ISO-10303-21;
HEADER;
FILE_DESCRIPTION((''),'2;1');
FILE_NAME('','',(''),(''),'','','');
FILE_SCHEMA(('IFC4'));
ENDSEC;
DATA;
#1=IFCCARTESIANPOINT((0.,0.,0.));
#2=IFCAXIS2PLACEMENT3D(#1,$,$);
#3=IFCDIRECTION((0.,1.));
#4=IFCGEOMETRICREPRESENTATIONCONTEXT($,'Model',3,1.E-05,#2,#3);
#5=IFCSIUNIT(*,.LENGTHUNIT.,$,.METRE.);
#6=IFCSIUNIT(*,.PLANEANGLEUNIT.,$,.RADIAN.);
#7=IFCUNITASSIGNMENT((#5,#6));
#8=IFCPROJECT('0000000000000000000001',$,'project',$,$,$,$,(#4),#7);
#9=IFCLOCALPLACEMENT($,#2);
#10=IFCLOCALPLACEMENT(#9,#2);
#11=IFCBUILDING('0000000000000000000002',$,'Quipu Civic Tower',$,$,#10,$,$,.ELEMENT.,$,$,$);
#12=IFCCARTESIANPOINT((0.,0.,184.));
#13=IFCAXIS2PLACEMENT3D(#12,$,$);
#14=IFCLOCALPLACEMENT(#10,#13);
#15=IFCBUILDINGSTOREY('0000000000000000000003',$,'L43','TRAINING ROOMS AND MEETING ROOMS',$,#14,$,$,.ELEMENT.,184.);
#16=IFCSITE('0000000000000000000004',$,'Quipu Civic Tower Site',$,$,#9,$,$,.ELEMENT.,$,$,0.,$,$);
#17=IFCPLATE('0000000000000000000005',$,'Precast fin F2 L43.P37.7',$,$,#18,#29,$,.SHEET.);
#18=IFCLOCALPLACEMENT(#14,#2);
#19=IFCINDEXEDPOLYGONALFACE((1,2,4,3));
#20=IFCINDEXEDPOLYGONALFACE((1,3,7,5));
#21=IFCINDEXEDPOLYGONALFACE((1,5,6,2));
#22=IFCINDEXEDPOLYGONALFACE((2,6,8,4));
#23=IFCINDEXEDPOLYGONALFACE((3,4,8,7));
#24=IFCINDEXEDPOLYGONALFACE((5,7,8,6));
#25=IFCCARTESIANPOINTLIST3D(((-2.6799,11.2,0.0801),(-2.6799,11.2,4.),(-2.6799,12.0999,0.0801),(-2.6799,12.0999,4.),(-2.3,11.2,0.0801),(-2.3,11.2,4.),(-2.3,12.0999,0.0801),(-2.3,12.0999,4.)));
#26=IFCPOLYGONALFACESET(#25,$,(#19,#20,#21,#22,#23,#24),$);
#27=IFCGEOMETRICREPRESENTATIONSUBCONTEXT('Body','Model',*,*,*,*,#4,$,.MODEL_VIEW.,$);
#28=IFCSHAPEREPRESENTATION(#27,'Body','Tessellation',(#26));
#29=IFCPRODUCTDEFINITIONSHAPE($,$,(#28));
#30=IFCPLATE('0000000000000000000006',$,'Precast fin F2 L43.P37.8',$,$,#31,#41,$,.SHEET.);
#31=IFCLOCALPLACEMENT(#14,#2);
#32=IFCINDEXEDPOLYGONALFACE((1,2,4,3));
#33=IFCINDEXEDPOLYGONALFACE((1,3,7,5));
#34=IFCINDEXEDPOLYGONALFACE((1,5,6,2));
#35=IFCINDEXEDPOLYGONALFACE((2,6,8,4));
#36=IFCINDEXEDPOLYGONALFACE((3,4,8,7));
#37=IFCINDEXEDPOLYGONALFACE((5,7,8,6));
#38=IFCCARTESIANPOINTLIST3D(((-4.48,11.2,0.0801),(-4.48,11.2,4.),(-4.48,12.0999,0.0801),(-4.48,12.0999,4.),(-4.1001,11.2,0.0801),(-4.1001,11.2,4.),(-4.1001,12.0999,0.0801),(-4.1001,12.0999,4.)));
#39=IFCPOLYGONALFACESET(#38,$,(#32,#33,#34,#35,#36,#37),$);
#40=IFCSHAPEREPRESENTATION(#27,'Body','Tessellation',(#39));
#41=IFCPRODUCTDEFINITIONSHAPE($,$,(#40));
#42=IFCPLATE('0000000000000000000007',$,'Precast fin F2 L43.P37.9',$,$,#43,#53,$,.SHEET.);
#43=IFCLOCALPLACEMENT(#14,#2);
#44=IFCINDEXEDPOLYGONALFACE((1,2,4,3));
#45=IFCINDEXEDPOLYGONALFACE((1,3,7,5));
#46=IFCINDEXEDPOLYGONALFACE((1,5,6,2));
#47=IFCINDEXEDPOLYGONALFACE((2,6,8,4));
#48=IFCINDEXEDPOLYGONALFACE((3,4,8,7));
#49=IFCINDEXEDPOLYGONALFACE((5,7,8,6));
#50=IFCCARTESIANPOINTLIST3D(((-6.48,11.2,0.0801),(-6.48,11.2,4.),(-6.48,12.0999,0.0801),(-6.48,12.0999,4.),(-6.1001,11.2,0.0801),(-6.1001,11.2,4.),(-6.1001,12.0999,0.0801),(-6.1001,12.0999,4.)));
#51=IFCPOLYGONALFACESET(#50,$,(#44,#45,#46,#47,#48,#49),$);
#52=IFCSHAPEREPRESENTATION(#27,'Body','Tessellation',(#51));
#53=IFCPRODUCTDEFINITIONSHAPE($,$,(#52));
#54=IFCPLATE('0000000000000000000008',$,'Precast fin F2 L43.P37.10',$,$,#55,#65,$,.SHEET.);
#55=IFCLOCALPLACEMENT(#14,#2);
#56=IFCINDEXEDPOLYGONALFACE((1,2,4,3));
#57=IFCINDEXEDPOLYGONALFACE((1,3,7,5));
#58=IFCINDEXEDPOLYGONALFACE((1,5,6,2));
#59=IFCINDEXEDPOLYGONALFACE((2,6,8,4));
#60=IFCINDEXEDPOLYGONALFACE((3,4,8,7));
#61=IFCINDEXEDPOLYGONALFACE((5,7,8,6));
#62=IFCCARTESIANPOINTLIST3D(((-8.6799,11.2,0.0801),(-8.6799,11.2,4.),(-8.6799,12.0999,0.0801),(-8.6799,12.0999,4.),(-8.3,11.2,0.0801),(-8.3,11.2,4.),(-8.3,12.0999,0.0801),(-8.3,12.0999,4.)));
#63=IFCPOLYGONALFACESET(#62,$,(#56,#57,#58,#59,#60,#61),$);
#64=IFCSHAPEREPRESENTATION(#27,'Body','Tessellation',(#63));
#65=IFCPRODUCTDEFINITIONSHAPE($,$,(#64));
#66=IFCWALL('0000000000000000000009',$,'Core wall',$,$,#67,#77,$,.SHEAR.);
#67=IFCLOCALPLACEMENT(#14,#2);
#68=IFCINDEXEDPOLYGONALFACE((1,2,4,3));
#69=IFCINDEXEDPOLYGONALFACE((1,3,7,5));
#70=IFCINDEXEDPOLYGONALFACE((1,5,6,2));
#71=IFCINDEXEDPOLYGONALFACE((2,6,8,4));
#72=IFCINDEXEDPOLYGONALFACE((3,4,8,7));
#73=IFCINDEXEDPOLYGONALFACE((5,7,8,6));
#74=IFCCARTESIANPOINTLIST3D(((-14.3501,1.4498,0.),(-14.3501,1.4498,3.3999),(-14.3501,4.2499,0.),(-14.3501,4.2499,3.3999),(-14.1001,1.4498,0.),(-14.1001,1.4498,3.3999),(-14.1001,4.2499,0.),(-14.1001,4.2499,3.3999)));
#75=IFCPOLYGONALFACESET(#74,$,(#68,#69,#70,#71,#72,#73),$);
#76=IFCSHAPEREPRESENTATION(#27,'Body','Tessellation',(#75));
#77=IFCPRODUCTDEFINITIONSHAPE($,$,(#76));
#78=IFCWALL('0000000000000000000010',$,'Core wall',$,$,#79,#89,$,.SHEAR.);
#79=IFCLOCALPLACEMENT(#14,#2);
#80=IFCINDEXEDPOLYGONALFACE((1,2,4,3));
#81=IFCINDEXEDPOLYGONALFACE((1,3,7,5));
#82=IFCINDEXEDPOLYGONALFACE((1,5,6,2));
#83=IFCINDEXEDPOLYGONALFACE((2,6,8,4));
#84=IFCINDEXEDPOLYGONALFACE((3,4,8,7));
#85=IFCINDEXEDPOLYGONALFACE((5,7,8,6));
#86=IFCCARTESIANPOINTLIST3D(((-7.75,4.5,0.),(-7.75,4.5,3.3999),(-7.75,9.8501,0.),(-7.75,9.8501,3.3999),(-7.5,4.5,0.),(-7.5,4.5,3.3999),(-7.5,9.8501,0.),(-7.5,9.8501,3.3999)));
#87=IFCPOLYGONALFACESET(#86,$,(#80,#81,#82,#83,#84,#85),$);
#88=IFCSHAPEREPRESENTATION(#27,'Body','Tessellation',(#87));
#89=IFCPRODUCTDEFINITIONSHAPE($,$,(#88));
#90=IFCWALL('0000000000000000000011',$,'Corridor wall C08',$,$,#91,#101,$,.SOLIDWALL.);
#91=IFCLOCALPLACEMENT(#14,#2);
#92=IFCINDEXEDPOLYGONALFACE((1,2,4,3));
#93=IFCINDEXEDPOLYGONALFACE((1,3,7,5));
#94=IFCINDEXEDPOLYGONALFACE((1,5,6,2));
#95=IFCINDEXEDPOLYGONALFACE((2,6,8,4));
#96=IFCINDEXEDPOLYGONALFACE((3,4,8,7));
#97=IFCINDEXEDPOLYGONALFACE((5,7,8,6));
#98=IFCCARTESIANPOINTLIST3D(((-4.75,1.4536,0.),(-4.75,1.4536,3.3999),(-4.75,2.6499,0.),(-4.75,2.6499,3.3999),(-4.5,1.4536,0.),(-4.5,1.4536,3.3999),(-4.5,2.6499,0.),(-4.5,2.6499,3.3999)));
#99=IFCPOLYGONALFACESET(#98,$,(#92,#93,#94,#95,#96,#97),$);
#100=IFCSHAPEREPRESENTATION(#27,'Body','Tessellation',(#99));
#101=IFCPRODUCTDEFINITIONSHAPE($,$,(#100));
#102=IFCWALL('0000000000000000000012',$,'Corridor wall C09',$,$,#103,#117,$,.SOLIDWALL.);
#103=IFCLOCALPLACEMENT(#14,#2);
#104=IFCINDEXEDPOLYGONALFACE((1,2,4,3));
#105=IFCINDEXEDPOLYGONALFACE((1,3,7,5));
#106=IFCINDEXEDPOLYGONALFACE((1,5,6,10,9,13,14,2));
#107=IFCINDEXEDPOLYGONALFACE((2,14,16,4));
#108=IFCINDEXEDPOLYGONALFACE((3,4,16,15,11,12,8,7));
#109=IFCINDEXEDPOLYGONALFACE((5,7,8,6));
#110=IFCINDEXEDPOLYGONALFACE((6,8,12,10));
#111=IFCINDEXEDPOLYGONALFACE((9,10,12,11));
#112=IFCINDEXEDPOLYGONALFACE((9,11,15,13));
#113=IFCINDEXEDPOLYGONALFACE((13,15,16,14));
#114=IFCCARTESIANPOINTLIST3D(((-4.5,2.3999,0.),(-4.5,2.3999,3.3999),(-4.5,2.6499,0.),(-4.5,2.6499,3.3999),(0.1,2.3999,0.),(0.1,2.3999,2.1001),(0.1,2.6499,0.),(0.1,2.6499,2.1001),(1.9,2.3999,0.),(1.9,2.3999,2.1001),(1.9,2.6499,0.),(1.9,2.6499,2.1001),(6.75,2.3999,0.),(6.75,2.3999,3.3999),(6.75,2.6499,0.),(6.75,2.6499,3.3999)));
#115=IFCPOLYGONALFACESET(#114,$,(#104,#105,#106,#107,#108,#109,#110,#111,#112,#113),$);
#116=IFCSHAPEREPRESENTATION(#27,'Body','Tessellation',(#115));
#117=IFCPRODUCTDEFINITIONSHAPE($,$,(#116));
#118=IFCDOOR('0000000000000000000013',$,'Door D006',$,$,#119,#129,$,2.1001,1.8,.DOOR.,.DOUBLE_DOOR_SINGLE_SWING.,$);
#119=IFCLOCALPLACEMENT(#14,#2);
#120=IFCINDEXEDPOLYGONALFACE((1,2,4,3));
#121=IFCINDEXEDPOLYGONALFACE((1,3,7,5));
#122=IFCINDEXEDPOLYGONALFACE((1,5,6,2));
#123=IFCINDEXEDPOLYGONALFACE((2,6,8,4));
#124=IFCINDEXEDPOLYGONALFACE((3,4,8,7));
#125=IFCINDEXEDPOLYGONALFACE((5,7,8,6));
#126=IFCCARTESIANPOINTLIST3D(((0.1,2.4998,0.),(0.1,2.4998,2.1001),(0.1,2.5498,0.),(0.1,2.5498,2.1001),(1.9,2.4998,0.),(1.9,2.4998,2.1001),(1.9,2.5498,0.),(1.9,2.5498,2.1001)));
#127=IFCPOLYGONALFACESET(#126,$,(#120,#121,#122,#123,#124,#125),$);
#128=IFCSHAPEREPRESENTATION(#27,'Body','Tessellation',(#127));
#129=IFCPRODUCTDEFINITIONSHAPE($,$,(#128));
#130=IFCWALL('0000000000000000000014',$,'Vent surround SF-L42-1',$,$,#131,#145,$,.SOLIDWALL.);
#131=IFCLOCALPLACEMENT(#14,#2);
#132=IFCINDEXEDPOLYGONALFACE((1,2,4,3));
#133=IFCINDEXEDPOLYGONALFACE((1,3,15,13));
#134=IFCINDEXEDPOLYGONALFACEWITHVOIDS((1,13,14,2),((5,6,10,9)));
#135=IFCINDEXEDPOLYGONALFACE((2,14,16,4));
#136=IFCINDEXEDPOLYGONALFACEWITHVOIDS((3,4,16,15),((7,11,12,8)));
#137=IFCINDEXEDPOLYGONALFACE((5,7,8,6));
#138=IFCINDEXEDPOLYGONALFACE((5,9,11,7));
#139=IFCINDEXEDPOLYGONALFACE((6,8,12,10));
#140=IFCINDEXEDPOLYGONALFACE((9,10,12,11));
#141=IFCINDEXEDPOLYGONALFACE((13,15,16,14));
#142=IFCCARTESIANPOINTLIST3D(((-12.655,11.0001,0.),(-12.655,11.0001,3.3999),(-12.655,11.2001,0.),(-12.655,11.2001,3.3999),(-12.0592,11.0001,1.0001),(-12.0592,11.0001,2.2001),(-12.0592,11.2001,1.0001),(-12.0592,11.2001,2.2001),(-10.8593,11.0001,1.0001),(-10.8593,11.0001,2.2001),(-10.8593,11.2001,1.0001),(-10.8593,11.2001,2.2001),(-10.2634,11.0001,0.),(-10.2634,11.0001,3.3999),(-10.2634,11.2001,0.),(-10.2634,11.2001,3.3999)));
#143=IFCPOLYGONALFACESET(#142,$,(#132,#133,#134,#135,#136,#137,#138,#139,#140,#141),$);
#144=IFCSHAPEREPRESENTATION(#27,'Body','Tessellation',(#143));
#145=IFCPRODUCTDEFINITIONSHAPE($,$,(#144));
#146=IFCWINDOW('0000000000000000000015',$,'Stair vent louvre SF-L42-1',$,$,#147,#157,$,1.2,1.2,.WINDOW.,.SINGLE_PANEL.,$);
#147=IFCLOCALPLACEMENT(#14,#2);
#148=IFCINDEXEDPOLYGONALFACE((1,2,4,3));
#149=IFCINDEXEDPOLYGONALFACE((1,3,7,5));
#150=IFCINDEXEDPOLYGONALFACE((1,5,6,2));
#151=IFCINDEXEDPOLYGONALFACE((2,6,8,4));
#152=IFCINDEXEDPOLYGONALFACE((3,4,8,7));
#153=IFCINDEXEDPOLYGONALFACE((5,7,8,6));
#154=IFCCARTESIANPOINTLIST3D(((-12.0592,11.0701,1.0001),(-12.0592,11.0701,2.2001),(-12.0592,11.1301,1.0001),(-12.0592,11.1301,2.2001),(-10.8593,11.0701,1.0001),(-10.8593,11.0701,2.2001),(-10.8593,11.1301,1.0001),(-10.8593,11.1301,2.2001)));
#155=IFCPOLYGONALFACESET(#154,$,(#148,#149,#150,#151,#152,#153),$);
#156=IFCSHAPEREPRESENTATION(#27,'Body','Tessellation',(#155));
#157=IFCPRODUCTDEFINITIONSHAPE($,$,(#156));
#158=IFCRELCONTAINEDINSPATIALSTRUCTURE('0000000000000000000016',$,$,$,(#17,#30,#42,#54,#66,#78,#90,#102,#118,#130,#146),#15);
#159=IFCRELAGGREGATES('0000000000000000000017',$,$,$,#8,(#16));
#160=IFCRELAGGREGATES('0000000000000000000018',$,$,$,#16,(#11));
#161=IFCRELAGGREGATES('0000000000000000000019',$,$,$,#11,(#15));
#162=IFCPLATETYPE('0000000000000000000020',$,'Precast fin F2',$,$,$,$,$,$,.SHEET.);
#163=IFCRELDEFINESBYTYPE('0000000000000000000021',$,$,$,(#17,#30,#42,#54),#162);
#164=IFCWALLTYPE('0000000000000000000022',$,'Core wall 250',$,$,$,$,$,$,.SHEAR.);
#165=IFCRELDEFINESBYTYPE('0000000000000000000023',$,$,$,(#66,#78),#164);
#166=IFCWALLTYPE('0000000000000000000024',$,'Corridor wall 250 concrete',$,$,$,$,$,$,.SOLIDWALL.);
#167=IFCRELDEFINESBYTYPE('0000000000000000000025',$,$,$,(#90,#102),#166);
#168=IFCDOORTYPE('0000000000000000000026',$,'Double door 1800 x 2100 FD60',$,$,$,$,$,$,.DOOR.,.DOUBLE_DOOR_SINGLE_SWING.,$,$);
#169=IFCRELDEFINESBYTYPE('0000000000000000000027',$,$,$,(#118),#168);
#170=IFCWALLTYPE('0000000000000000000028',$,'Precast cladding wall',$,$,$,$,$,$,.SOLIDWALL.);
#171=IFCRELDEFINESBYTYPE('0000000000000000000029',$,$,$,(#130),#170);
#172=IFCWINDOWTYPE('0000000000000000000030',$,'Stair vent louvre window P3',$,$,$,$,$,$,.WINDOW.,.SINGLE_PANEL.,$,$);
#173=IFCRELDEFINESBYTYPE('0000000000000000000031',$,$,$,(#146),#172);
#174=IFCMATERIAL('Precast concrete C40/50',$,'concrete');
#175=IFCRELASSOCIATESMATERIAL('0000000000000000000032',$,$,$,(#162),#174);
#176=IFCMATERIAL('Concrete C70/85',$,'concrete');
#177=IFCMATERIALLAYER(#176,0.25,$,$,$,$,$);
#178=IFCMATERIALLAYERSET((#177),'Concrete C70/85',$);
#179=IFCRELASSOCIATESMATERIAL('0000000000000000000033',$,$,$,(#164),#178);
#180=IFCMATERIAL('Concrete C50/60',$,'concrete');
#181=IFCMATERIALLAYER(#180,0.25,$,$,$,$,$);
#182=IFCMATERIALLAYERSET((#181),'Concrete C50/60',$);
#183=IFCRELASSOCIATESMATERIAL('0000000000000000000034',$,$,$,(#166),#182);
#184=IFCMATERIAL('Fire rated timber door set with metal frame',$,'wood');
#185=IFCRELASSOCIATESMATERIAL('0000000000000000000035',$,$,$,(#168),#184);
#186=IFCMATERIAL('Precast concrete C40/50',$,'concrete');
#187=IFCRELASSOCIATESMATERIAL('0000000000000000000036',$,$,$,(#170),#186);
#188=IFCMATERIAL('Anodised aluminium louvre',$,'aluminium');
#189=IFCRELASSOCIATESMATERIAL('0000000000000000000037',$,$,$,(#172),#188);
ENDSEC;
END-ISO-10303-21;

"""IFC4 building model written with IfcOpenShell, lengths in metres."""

from ifc_helpers import new_model, si_unit, direction, frame, frame_2d, origin, origin_2d, place, context, subcontext, project, spatial, rectangle, extrude, material, layer, layer_set, type_object, element, fill, save


model = new_model("IFC4")

# Units and contexts
model_context = context("Model", 3, precision=1e-05, world=origin(), true_north=direction((0.0, 1.0)))
body_context = subcontext(model_context, "Body", "Model", "MODEL_VIEW")
ifc_project = project(units=[si_unit("LENGTHUNIT", "METRE"), si_unit("PLANEANGLEUNIT", "RADIAN")], contexts=[model_context])

# Site, building, storey
site_placement = place(None, origin())
site = spatial("IfcSite", under=ifc_project, at=site_placement, Name="Quipu Civic Tower Site", CompositionType="ELEMENT", RefElevation=0.0)
building_placement = place(site_placement, origin())
building = spatial("IfcBuilding", under=site, at=building_placement, Name="Quipu Civic Tower", CompositionType="ELEMENT")
storey_placement = place(building_placement, frame((0.0, 0.0, 184.0)))
storey = spatial("IfcBuildingStorey", under=building, at=storey_placement, Name="L43", Description="TRAINING ROOMS AND MEETING ROOMS", CompositionType="ELEMENT", Elevation=184.0)

# Plates
ifc_material_1 = material(Name="Precast concrete C40/50", Category="concrete")
plate_type_1 = type_object("IfcPlateType", Name="Precast fin F2", PredefinedType="SHEET", material=ifc_material_1)
for number, where, z_axis, x_axis, name in (
    (1, (-2.49, 11.6499, 0.0801), (0.0, 0.0, 1.0), (-1.0, 0.0, 0.0), "Precast fin F2 L43.P37.7"),
    (2, (-4.29, 11.6499, 0.0801), (0.0, 0.0, 1.0), (-1.0, 0.0, 0.0), "Precast fin F2 L43.P37.8"),
    (3, (-6.29, 11.6499, 0.0801), (0.0, 0.0, 1.0), (-1.0, 0.0, 0.0), "Precast fin F2 L43.P37.9"),
    (4, (-8.49, 11.6499, 0.0801), (0.0, 0.0, 1.0), (-1.0, 0.0, 0.0), "Precast fin F2 L43.P37.10"),
):
    element("IfcPlate", number, at=place(storey_placement, frame(where, z_axis=z_axis, x_axis=x_axis)), inside=storey, type_object=plate_type_1, Name=name, PredefinedType="SHEET", context=body_context, shape_type="SweptSolid", body=[
        extrude(rectangle(XDim=0.3799, YDim=0.8999, at=origin_2d()), origin(), (0.0, 0.0, 1.0), 3.9199),
    ])

# Walls
ifc_material_2 = material(Name="Concrete C70/85", Category="concrete")
ifc_layer_1 = layer(ifc_material_2, 0.25)
ifc_layer_set_1 = layer_set([ifc_layer_1], Name="Concrete C70/85")
wall_type_1 = type_object("IfcWallType", Name="Core wall 250", PredefinedType="SHEAR", material=ifc_layer_set_1)
wall_1_placement = place(storey_placement, frame((-14.2251, 1.45, 0.0), z_axis=(0.0, 0.0, 1.0), x_axis=(0.0, 1.0, 0.0)))
element("IfcWall", 5, at=wall_1_placement, inside=storey, type_object=wall_type_1, Name="Core wall", PredefinedType="SHEAR", context=body_context, shape_type="SweptSolid", body=[
    extrude(rectangle(XDim=2.8, YDim=0.25, at=frame_2d((1.3999, 0.0))), origin(), (0.0, 0.0, 1.0), 3.3999),
])
wall_2_placement = place(storey_placement, frame((-7.625, 4.5, 0.0), z_axis=(0.0, 0.0, 1.0), x_axis=(0.0, 1.0, 0.0)))
element("IfcWall", 6, at=wall_2_placement, inside=storey, type_object=wall_type_1, Name="Core wall", PredefinedType="SHEAR", context=body_context, shape_type="SweptSolid", body=[
    extrude(rectangle(XDim=5.3501, YDim=0.25, at=frame_2d((2.675, 0.0))), origin(), (0.0, 0.0, 1.0), 3.3999),
])
ifc_material_3 = material(Name="Concrete C50/60", Category="concrete")
ifc_layer_2 = layer(ifc_material_3, 0.25)
ifc_layer_set_2 = layer_set([ifc_layer_2], Name="Concrete C50/60")
wall_type_2 = type_object("IfcWallType", Name="Corridor wall 250 concrete", PredefinedType="SOLIDWALL", material=ifc_layer_set_2)
wall_3_placement = place(storey_placement, frame((-4.625, 1.4536, 0.0), z_axis=(0.0, 0.0, 1.0), x_axis=(0.0, 1.0, 0.0)))
element("IfcWall", 7, at=wall_3_placement, inside=storey, type_object=wall_type_2, Name="Corridor wall C08", PredefinedType="SOLIDWALL", context=body_context, shape_type="SweptSolid", body=[
    extrude(rectangle(XDim=1.1963, YDim=0.25, at=frame_2d((0.5981, 0.0))), origin(), (0.0, 0.0, 1.0), 3.3999),
])

# Wall, opening, door
wall_4_placement = place(storey_placement, frame((-4.5, 2.5249, 0.0), z_axis=(0.0, 0.0, 1.0), x_axis=(1.0, 0.0, 0.0)))
wall_4 = element("IfcWall", 8, at=wall_4_placement, inside=storey, type_object=wall_type_2, Name="Corridor wall C09", PredefinedType="SOLIDWALL", context=body_context, shape_type="SweptSolid", body=[
    extrude(rectangle(XDim=11.25, YDim=0.25, at=frame_2d((5.625, 0.0))), origin(), (0.0, 0.0, 1.0), 3.3999),
])
opening_1_placement = place(wall_4_placement, frame((4.6001, 0.0, 0.0)))
opening_1 = element("IfcOpeningElement", 9, at=opening_1_placement, cuts=wall_4, PredefinedType="OPENING", context=body_context, shape_type="SweptSolid", body=[
    extrude(rectangle(XDim=1.8, YDim=2.1001, at=frame_2d((0.8999, 1.05))), frame((0.0, 0.135, 0.0), z_axis=(0.0, -1.0, 0.0), x_axis=(1.0, 0.0, 0.0)), (0.0, 0.0, 1.0), 0.27),
])
ifc_material_4 = material(Name="Fire rated timber door set with metal frame", Category="wood")
door_type = type_object("IfcDoorType", Name="Double door 1800 x 2100 FD60", OperationType="DOUBLE_DOOR_SINGLE_SWING", PredefinedType="DOOR", material=ifc_material_4)
door_placement = place(opening_1_placement, origin())
door = element("IfcDoor", 10, at=door_placement, inside=storey, type_object=door_type, Name="Door D006", OperationType="DOUBLE_DOOR_SINGLE_SWING", OverallHeight=2.1001, OverallWidth=1.8, PredefinedType="DOOR", context=body_context, shape_type="SweptSolid", body=[
    extrude(rectangle(XDim=1.8, YDim=2.1001, at=frame_2d((0.8999, 1.05))), frame((0.0, 0.0249, 0.0), z_axis=(0.0, -1.0, 0.0), x_axis=(1.0, 0.0, 0.0)), (0.0, 0.0, 1.0), 0.05),
])
fill(opening_1, door)

# Wall, opening, window
ifc_material_5 = material(Name="Precast concrete C40/50", Category="concrete")
wall_type_3 = type_object("IfcWallType", Name="Precast cladding wall", PredefinedType="SOLIDWALL", material=ifc_material_5)
wall_5_placement = place(storey_placement, frame((-10.2634, 11.1001, 0.0), z_axis=(0.0, 0.0, 1.0), x_axis=(-1.0, 0.0, 0.0)))
wall_5 = element("IfcWall", 11, at=wall_5_placement, inside=storey, type_object=wall_type_3, Name="Vent surround SF-L42-1", PredefinedType="SOLIDWALL", context=body_context, shape_type="SweptSolid", body=[
    extrude(rectangle(XDim=2.3916, YDim=0.2, at=frame_2d((1.1958, 0.0))), origin(), (0.0, 0.0, 1.0), 3.3999),
])
opening_2_placement = place(wall_5_placement, frame((0.5957, 0.0, 1.0)))
opening_2 = element("IfcOpeningElement", 12, at=opening_2_placement, cuts=wall_5, PredefinedType="OPENING", context=body_context, shape_type="SweptSolid", body=[
    extrude(rectangle(XDim=1.2, YDim=1.2, at=frame_2d((0.6001, 0.6001))), frame((0.0, 0.1099, 0.0), z_axis=(0.0, -1.0, 0.0), x_axis=(1.0, 0.0, 0.0)), (0.0, 0.0, 1.0), 0.22),
])
ifc_material_6 = material(Name="Anodised aluminium louvre", Category="aluminium")
window_type = type_object("IfcWindowType", Name="Stair vent louvre window P3", PartitioningType="SINGLE_PANEL", PredefinedType="WINDOW", material=ifc_material_6)
window_placement = place(opening_2_placement, origin())
window = element("IfcWindow", 13, at=window_placement, inside=storey, type_object=window_type, Name="Stair vent louvre SF-L42-1", OverallHeight=1.2, OverallWidth=1.2, PartitioningType="SINGLE_PANEL", PredefinedType="WINDOW", context=body_context, shape_type="SweptSolid", body=[
    extrude(rectangle(XDim=1.2, YDim=1.2, at=frame_2d((0.6001, 0.6001))), frame((0.0, 0.03, 0.0), z_axis=(0.0, -1.0, 0.0), x_axis=(1.0, 0.0, 0.0)), (0.0, 0.0, 1.0), 0.0601),
])
fill(opening_2, window)

save(model, "model.ifc")
